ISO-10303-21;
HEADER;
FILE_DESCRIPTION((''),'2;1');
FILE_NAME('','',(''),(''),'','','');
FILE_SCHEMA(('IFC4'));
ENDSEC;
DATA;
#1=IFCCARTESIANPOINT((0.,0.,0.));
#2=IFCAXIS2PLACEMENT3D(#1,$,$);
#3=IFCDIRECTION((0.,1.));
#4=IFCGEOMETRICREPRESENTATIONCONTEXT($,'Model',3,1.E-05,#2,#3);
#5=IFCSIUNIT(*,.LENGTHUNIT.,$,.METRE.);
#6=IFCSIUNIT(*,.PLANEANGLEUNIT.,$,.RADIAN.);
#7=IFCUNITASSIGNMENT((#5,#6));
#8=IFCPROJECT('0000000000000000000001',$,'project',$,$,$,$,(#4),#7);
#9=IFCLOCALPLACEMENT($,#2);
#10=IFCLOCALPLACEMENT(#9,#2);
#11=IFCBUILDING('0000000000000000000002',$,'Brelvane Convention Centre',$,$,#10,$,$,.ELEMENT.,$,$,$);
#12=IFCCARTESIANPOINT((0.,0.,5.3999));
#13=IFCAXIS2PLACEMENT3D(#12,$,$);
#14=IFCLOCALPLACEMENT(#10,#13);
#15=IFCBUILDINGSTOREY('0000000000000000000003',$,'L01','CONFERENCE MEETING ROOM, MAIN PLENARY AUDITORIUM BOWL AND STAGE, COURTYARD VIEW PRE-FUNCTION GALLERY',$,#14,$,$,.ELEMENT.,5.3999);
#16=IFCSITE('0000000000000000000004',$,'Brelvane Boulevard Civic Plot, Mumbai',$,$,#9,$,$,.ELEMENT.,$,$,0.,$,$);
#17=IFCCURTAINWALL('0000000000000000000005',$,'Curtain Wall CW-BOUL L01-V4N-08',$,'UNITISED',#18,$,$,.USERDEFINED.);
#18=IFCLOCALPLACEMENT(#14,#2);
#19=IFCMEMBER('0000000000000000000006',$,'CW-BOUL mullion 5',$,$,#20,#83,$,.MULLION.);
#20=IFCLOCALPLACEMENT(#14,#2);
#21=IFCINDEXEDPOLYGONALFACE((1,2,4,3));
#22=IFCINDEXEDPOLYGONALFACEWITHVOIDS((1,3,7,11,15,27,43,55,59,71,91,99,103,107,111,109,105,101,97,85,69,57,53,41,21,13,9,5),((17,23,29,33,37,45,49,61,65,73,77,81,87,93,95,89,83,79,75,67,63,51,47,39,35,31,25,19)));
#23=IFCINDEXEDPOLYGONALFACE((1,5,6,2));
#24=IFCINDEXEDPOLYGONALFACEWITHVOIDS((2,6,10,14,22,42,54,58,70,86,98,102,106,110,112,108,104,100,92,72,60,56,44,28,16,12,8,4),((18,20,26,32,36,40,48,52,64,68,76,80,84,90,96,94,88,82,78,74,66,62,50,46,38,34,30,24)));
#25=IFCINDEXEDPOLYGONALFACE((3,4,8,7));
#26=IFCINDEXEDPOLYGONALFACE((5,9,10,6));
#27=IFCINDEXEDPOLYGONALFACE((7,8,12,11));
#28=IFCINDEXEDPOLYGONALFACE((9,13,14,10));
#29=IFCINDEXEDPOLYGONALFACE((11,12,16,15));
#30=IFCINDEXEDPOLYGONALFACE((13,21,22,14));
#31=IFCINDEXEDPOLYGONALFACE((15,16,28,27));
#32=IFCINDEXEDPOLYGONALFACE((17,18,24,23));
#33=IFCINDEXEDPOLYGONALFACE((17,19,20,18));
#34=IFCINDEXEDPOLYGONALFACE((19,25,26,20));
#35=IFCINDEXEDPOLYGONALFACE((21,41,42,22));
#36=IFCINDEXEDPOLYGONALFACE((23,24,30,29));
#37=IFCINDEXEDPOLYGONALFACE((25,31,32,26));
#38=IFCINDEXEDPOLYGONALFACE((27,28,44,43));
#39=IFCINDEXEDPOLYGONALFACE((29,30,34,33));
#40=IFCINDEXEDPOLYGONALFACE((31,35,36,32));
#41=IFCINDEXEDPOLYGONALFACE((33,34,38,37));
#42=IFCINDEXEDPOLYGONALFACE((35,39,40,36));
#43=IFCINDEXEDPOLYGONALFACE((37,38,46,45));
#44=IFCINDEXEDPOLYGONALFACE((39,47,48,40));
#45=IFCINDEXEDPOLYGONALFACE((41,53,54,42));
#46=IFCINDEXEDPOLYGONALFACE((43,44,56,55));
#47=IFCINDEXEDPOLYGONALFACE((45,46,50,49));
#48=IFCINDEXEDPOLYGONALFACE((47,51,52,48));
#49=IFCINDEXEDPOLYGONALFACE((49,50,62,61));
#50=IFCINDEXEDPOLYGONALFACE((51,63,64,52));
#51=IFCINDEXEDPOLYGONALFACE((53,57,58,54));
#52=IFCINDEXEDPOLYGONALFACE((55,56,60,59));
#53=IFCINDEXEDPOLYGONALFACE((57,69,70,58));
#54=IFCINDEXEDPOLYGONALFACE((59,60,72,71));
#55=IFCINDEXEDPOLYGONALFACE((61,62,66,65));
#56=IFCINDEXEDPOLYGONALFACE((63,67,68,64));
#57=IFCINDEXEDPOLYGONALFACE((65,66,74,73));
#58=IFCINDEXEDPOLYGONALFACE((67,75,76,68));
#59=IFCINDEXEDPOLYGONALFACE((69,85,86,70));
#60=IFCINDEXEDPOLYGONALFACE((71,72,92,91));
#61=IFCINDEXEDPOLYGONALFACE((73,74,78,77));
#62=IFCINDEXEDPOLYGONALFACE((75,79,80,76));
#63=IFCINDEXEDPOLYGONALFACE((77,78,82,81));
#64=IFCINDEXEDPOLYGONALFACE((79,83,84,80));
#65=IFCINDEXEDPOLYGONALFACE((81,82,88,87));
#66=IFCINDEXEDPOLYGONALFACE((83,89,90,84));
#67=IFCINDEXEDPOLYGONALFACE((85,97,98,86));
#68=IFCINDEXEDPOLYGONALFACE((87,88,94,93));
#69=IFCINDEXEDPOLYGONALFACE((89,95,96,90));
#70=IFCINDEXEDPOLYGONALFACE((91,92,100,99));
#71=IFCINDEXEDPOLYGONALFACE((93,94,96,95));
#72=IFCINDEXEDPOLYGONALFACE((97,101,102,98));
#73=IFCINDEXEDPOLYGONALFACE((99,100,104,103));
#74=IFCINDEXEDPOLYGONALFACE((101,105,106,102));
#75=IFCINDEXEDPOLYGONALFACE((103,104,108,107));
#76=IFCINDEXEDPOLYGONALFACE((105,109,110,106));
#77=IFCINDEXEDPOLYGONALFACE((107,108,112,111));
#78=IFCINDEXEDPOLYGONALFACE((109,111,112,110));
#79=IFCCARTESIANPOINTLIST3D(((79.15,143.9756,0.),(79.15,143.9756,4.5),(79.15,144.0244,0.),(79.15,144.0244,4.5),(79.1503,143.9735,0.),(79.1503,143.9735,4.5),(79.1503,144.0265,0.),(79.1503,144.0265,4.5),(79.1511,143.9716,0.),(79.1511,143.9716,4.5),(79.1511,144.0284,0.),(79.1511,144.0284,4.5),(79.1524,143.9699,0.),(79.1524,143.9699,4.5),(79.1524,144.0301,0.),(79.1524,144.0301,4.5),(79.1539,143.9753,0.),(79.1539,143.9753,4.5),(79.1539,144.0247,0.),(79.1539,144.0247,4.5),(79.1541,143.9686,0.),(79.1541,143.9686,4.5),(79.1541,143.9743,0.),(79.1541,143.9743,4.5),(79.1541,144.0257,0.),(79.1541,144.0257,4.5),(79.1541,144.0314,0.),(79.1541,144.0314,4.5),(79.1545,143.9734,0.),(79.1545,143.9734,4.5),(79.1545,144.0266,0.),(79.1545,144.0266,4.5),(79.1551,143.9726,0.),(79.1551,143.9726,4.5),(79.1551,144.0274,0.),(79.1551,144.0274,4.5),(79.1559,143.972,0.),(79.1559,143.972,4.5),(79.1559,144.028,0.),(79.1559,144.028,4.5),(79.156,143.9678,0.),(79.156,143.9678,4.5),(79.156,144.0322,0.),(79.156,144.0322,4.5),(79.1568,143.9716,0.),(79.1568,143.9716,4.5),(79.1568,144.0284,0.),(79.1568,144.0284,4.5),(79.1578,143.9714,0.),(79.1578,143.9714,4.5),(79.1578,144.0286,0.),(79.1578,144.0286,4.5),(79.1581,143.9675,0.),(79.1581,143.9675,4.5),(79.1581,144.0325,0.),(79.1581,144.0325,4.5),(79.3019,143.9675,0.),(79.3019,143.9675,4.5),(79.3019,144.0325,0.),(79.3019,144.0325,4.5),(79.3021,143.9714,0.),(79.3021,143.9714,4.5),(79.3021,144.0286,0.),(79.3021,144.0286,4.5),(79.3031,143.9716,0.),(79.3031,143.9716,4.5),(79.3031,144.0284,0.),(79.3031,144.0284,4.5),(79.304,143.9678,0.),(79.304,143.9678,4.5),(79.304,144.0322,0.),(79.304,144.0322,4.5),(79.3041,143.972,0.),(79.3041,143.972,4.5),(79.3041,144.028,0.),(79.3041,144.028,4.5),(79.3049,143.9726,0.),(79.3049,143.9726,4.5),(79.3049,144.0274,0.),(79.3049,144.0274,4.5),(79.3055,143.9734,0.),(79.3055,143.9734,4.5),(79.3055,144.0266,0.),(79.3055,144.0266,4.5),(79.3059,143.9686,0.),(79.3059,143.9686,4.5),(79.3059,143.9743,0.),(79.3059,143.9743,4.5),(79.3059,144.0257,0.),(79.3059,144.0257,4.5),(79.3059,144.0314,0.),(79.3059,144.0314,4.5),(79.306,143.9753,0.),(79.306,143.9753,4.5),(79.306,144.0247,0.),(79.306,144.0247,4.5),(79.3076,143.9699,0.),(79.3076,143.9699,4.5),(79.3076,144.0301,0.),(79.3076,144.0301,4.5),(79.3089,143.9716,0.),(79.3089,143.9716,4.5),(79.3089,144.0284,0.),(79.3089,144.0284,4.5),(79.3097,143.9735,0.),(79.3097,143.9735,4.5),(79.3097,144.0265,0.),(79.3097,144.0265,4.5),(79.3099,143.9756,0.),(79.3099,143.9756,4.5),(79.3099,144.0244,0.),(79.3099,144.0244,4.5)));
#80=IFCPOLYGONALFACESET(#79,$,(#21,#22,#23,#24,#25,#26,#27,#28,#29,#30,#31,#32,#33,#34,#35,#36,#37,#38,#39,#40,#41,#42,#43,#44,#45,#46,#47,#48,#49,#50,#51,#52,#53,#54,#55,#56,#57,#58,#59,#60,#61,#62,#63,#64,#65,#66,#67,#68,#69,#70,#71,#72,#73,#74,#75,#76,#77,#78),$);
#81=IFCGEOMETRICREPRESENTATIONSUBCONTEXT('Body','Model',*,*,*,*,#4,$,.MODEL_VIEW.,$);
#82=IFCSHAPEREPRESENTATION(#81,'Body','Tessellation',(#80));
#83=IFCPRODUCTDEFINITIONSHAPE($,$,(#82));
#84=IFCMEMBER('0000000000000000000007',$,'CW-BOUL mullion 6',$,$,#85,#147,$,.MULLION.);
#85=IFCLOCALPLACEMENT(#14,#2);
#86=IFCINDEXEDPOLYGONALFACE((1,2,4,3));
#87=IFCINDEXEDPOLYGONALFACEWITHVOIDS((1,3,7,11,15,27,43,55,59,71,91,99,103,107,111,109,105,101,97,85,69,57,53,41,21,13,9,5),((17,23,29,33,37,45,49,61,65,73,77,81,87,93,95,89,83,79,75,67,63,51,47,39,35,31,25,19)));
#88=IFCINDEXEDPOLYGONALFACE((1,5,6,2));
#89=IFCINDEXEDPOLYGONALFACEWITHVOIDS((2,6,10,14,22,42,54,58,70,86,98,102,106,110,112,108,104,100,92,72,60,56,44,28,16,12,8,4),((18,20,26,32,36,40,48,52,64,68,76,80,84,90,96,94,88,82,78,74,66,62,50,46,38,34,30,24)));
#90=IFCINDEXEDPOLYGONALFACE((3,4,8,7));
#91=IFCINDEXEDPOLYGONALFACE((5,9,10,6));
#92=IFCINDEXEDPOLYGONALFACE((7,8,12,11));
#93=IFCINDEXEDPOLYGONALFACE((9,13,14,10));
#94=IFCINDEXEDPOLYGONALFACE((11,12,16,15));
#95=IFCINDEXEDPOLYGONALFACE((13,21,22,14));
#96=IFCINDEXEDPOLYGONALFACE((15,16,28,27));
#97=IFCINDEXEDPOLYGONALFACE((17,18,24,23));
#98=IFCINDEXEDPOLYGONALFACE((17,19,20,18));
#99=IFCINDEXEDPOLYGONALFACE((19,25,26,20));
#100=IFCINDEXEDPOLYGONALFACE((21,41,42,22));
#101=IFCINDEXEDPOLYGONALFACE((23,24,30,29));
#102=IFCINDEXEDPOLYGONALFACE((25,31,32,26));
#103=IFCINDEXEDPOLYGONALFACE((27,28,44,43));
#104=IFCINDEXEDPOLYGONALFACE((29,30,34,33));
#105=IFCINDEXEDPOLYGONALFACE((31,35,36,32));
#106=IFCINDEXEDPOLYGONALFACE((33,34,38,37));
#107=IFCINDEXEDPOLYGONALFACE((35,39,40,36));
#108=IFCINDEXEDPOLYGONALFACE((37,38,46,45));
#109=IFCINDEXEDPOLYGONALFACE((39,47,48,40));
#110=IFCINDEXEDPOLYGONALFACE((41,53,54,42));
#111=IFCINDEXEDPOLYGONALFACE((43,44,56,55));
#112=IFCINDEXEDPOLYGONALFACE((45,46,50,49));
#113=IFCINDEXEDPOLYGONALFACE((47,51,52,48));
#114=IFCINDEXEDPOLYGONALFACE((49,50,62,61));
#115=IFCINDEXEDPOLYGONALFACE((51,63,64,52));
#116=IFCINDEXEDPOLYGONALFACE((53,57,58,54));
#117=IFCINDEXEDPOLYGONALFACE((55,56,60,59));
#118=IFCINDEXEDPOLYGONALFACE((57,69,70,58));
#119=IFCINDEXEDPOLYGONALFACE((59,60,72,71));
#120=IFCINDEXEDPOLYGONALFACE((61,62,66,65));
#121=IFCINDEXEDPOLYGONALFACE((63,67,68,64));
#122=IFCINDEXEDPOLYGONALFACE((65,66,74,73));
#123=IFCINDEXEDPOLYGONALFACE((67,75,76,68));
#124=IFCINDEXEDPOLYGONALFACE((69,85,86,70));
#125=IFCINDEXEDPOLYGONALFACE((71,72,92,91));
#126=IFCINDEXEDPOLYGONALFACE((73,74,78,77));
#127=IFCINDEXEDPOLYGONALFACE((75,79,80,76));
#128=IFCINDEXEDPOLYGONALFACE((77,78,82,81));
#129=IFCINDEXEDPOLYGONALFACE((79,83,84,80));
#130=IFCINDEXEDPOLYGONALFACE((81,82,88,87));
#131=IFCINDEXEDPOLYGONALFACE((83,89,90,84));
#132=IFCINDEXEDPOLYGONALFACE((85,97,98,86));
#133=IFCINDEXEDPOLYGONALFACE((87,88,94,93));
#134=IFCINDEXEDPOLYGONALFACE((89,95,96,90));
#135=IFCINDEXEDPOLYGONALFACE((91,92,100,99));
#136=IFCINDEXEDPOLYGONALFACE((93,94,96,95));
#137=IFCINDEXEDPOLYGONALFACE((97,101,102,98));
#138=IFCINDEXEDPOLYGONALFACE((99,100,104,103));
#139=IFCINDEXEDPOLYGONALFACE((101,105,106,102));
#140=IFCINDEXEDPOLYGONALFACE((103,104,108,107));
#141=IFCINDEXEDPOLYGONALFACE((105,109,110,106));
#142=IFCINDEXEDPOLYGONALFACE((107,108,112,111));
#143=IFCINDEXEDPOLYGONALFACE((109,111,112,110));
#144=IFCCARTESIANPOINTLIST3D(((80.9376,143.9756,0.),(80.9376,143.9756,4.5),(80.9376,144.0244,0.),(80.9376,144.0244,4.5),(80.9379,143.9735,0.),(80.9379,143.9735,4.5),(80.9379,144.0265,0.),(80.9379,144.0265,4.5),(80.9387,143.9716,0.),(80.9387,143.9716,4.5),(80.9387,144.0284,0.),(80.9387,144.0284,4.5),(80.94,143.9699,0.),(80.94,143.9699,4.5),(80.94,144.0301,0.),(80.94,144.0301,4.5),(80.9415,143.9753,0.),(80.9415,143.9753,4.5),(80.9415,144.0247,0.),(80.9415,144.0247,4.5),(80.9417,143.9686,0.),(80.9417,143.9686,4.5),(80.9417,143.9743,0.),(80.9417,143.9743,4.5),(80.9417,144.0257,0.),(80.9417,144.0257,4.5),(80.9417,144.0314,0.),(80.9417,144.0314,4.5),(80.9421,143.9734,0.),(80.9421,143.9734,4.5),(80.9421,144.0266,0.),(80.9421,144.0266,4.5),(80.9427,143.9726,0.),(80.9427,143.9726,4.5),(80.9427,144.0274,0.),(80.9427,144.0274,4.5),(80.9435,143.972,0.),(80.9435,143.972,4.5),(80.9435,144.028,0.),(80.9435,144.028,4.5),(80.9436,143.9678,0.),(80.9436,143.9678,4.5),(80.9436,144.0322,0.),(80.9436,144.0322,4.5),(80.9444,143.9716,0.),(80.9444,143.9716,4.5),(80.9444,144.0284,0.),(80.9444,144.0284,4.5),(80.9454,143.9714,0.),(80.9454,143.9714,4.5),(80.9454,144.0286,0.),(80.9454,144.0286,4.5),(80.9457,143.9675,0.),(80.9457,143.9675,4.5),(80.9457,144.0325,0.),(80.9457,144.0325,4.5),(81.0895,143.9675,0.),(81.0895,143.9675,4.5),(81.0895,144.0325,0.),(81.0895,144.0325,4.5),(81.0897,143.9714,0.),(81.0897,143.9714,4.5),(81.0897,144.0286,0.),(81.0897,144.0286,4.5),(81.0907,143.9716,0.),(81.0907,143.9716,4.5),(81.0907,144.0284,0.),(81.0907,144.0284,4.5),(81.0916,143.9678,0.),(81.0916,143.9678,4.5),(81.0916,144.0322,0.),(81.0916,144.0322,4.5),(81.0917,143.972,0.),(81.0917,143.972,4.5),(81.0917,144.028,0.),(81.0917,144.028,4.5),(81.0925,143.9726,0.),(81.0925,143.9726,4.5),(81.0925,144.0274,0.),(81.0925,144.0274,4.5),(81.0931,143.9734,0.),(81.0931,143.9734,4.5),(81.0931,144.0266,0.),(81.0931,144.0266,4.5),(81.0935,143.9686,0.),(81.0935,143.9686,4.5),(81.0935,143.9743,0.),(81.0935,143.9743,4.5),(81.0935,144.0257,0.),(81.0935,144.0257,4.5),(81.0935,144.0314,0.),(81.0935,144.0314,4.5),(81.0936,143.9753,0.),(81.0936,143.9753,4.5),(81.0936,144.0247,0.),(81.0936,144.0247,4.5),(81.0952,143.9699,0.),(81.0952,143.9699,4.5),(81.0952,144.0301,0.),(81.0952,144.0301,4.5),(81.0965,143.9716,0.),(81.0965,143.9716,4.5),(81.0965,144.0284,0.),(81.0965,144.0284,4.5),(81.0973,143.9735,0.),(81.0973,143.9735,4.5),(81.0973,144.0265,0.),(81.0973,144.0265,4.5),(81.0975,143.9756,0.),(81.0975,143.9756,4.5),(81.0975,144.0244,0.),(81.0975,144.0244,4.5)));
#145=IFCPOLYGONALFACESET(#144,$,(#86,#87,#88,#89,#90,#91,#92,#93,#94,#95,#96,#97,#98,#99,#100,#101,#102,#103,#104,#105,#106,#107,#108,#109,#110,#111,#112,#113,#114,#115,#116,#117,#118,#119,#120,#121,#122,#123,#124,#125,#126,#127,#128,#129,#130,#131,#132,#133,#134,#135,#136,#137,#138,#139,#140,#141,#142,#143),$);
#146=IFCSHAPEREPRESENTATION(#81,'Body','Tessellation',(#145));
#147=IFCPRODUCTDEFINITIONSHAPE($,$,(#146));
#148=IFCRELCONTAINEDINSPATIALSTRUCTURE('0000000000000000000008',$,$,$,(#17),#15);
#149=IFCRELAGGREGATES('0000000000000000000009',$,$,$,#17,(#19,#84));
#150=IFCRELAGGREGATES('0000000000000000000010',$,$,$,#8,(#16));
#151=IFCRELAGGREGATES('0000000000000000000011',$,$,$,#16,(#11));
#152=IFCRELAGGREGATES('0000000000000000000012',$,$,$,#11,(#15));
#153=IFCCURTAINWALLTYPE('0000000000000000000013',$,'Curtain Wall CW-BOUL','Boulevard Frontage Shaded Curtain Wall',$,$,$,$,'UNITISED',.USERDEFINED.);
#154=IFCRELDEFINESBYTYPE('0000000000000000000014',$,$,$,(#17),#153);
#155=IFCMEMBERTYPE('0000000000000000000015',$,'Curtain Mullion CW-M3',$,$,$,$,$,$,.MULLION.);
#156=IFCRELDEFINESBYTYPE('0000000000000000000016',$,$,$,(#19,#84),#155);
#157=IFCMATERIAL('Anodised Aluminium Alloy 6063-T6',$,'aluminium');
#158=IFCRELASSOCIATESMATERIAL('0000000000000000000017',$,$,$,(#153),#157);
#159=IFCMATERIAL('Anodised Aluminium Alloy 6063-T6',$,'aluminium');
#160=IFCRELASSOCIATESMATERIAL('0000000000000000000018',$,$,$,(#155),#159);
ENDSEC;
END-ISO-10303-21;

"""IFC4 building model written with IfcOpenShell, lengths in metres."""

from ifc_helpers import new_model, si_unit, direction, frame, origin, origin_2d, place, context, subcontext, project, spatial, hollow_rectangle, extrude, material, material_profile, profile_set, type_object, element, aggregate, save


model = new_model("IFC4")

# Units and contexts
model_context = context("Model", 3, precision=1e-05, world=origin(), true_north=direction((0.0, 1.0)))
body_context = subcontext(model_context, "Body", "Model", "MODEL_VIEW")
ifc_project = project(units=[si_unit("LENGTHUNIT", "METRE"), si_unit("PLANEANGLEUNIT", "RADIAN")], contexts=[model_context])

# Site, building, storey
site_placement = place(None, origin())
site = spatial("IfcSite", under=ifc_project, at=site_placement, Name="Brelvane Boulevard Civic Plot, Mumbai", CompositionType="ELEMENT", RefElevation=0.0)
building_placement = place(site_placement, origin())
building = spatial("IfcBuilding", under=site, at=building_placement, Name="Brelvane Convention Centre", CompositionType="ELEMENT")
storey_placement = place(building_placement, frame((0.0, 0.0, 5.3999)))
storey = spatial("IfcBuildingStorey", under=building, at=storey_placement, Name="L01", Description="CONFERENCE MEETING ROOM, MAIN PLENARY AUDITORIUM BOWL AND STAGE, COURTYARD VIEW PRE-FUNCTION GALLERY", CompositionType="ELEMENT", Elevation=5.3999)

# Curtain wall, members
ifc_material_1 = material(Name="Anodised Aluminium Alloy 6063-T6", Category="aluminium")
curtain_wall_type = type_object("IfcCurtainWallType", Name="Curtain Wall CW-BOUL", Description="Boulevard Frontage Shaded Curtain Wall", ElementType="UNITISED", PredefinedType="USERDEFINED", material=ifc_material_1)
curtain_wall_placement = place(storey_placement, origin())
curtain_wall = element("IfcCurtainWall", 1, at=curtain_wall_placement, inside=storey, type_object=curtain_wall_type, Name="Curtain Wall CW-BOUL L01-V4N-08", ObjectType="UNITISED", PredefinedType="USERDEFINED")
ifc_material_2 = material(Name="Anodised Aluminium Alloy 6063-T6", Category="aluminium")
ifc_material_profile_1 = material_profile(ifc_material_2, hollow_rectangle(XDim=0.0649, YDim=0.1599, WallThickness=0.0039, InnerFilletRadius=0.0039, OuterFilletRadius=0.0081, at=origin_2d()), Name="ALU-M 160x65x4.0")
ifc_profile_set_1 = profile_set([ifc_material_profile_1], Name="Anodised Aluminium Alloy 6063-T6")
member_type_1 = type_object("IfcMemberType", Name="Curtain Mullion CW-M3", PredefinedType="MULLION", material=ifc_profile_set_1)
member_1_placement = place(storey_placement, frame((79.23, 144.0, 0.0), z_axis=(0.0, 0.0, 1.0), x_axis=(0.0, 1.0, 0.0)))
member_1 = element("IfcMember", 2, at=member_1_placement, type_object=member_type_1, Name="CW-BOUL mullion 5", PredefinedType="MULLION", context=body_context, shape_type="SweptSolid", body=[
    extrude(hollow_rectangle(XDim=0.0649, YDim=0.1599, WallThickness=0.0039, InnerFilletRadius=0.0039, OuterFilletRadius=0.0081, at=origin_2d()), origin(), (0.0, 0.0, 1.0), 4.5),
])
member_2_placement = place(storey_placement, frame((81.0176, 144.0, 0.0), z_axis=(0.0, 0.0, 1.0), x_axis=(0.0, 1.0, 0.0)))
member_2 = element("IfcMember", 3, at=member_2_placement, type_object=member_type_1, Name="CW-BOUL mullion 6", PredefinedType="MULLION", context=body_context, shape_type="SweptSolid", body=[
    extrude(hollow_rectangle(XDim=0.0649, YDim=0.1599, WallThickness=0.0039, InnerFilletRadius=0.0039, OuterFilletRadius=0.0081, at=origin_2d()), origin(), (0.0, 0.0, 1.0), 4.5),
])

aggregate(curtain_wall, [member_1, member_2])

save(model, "model.ifc")
